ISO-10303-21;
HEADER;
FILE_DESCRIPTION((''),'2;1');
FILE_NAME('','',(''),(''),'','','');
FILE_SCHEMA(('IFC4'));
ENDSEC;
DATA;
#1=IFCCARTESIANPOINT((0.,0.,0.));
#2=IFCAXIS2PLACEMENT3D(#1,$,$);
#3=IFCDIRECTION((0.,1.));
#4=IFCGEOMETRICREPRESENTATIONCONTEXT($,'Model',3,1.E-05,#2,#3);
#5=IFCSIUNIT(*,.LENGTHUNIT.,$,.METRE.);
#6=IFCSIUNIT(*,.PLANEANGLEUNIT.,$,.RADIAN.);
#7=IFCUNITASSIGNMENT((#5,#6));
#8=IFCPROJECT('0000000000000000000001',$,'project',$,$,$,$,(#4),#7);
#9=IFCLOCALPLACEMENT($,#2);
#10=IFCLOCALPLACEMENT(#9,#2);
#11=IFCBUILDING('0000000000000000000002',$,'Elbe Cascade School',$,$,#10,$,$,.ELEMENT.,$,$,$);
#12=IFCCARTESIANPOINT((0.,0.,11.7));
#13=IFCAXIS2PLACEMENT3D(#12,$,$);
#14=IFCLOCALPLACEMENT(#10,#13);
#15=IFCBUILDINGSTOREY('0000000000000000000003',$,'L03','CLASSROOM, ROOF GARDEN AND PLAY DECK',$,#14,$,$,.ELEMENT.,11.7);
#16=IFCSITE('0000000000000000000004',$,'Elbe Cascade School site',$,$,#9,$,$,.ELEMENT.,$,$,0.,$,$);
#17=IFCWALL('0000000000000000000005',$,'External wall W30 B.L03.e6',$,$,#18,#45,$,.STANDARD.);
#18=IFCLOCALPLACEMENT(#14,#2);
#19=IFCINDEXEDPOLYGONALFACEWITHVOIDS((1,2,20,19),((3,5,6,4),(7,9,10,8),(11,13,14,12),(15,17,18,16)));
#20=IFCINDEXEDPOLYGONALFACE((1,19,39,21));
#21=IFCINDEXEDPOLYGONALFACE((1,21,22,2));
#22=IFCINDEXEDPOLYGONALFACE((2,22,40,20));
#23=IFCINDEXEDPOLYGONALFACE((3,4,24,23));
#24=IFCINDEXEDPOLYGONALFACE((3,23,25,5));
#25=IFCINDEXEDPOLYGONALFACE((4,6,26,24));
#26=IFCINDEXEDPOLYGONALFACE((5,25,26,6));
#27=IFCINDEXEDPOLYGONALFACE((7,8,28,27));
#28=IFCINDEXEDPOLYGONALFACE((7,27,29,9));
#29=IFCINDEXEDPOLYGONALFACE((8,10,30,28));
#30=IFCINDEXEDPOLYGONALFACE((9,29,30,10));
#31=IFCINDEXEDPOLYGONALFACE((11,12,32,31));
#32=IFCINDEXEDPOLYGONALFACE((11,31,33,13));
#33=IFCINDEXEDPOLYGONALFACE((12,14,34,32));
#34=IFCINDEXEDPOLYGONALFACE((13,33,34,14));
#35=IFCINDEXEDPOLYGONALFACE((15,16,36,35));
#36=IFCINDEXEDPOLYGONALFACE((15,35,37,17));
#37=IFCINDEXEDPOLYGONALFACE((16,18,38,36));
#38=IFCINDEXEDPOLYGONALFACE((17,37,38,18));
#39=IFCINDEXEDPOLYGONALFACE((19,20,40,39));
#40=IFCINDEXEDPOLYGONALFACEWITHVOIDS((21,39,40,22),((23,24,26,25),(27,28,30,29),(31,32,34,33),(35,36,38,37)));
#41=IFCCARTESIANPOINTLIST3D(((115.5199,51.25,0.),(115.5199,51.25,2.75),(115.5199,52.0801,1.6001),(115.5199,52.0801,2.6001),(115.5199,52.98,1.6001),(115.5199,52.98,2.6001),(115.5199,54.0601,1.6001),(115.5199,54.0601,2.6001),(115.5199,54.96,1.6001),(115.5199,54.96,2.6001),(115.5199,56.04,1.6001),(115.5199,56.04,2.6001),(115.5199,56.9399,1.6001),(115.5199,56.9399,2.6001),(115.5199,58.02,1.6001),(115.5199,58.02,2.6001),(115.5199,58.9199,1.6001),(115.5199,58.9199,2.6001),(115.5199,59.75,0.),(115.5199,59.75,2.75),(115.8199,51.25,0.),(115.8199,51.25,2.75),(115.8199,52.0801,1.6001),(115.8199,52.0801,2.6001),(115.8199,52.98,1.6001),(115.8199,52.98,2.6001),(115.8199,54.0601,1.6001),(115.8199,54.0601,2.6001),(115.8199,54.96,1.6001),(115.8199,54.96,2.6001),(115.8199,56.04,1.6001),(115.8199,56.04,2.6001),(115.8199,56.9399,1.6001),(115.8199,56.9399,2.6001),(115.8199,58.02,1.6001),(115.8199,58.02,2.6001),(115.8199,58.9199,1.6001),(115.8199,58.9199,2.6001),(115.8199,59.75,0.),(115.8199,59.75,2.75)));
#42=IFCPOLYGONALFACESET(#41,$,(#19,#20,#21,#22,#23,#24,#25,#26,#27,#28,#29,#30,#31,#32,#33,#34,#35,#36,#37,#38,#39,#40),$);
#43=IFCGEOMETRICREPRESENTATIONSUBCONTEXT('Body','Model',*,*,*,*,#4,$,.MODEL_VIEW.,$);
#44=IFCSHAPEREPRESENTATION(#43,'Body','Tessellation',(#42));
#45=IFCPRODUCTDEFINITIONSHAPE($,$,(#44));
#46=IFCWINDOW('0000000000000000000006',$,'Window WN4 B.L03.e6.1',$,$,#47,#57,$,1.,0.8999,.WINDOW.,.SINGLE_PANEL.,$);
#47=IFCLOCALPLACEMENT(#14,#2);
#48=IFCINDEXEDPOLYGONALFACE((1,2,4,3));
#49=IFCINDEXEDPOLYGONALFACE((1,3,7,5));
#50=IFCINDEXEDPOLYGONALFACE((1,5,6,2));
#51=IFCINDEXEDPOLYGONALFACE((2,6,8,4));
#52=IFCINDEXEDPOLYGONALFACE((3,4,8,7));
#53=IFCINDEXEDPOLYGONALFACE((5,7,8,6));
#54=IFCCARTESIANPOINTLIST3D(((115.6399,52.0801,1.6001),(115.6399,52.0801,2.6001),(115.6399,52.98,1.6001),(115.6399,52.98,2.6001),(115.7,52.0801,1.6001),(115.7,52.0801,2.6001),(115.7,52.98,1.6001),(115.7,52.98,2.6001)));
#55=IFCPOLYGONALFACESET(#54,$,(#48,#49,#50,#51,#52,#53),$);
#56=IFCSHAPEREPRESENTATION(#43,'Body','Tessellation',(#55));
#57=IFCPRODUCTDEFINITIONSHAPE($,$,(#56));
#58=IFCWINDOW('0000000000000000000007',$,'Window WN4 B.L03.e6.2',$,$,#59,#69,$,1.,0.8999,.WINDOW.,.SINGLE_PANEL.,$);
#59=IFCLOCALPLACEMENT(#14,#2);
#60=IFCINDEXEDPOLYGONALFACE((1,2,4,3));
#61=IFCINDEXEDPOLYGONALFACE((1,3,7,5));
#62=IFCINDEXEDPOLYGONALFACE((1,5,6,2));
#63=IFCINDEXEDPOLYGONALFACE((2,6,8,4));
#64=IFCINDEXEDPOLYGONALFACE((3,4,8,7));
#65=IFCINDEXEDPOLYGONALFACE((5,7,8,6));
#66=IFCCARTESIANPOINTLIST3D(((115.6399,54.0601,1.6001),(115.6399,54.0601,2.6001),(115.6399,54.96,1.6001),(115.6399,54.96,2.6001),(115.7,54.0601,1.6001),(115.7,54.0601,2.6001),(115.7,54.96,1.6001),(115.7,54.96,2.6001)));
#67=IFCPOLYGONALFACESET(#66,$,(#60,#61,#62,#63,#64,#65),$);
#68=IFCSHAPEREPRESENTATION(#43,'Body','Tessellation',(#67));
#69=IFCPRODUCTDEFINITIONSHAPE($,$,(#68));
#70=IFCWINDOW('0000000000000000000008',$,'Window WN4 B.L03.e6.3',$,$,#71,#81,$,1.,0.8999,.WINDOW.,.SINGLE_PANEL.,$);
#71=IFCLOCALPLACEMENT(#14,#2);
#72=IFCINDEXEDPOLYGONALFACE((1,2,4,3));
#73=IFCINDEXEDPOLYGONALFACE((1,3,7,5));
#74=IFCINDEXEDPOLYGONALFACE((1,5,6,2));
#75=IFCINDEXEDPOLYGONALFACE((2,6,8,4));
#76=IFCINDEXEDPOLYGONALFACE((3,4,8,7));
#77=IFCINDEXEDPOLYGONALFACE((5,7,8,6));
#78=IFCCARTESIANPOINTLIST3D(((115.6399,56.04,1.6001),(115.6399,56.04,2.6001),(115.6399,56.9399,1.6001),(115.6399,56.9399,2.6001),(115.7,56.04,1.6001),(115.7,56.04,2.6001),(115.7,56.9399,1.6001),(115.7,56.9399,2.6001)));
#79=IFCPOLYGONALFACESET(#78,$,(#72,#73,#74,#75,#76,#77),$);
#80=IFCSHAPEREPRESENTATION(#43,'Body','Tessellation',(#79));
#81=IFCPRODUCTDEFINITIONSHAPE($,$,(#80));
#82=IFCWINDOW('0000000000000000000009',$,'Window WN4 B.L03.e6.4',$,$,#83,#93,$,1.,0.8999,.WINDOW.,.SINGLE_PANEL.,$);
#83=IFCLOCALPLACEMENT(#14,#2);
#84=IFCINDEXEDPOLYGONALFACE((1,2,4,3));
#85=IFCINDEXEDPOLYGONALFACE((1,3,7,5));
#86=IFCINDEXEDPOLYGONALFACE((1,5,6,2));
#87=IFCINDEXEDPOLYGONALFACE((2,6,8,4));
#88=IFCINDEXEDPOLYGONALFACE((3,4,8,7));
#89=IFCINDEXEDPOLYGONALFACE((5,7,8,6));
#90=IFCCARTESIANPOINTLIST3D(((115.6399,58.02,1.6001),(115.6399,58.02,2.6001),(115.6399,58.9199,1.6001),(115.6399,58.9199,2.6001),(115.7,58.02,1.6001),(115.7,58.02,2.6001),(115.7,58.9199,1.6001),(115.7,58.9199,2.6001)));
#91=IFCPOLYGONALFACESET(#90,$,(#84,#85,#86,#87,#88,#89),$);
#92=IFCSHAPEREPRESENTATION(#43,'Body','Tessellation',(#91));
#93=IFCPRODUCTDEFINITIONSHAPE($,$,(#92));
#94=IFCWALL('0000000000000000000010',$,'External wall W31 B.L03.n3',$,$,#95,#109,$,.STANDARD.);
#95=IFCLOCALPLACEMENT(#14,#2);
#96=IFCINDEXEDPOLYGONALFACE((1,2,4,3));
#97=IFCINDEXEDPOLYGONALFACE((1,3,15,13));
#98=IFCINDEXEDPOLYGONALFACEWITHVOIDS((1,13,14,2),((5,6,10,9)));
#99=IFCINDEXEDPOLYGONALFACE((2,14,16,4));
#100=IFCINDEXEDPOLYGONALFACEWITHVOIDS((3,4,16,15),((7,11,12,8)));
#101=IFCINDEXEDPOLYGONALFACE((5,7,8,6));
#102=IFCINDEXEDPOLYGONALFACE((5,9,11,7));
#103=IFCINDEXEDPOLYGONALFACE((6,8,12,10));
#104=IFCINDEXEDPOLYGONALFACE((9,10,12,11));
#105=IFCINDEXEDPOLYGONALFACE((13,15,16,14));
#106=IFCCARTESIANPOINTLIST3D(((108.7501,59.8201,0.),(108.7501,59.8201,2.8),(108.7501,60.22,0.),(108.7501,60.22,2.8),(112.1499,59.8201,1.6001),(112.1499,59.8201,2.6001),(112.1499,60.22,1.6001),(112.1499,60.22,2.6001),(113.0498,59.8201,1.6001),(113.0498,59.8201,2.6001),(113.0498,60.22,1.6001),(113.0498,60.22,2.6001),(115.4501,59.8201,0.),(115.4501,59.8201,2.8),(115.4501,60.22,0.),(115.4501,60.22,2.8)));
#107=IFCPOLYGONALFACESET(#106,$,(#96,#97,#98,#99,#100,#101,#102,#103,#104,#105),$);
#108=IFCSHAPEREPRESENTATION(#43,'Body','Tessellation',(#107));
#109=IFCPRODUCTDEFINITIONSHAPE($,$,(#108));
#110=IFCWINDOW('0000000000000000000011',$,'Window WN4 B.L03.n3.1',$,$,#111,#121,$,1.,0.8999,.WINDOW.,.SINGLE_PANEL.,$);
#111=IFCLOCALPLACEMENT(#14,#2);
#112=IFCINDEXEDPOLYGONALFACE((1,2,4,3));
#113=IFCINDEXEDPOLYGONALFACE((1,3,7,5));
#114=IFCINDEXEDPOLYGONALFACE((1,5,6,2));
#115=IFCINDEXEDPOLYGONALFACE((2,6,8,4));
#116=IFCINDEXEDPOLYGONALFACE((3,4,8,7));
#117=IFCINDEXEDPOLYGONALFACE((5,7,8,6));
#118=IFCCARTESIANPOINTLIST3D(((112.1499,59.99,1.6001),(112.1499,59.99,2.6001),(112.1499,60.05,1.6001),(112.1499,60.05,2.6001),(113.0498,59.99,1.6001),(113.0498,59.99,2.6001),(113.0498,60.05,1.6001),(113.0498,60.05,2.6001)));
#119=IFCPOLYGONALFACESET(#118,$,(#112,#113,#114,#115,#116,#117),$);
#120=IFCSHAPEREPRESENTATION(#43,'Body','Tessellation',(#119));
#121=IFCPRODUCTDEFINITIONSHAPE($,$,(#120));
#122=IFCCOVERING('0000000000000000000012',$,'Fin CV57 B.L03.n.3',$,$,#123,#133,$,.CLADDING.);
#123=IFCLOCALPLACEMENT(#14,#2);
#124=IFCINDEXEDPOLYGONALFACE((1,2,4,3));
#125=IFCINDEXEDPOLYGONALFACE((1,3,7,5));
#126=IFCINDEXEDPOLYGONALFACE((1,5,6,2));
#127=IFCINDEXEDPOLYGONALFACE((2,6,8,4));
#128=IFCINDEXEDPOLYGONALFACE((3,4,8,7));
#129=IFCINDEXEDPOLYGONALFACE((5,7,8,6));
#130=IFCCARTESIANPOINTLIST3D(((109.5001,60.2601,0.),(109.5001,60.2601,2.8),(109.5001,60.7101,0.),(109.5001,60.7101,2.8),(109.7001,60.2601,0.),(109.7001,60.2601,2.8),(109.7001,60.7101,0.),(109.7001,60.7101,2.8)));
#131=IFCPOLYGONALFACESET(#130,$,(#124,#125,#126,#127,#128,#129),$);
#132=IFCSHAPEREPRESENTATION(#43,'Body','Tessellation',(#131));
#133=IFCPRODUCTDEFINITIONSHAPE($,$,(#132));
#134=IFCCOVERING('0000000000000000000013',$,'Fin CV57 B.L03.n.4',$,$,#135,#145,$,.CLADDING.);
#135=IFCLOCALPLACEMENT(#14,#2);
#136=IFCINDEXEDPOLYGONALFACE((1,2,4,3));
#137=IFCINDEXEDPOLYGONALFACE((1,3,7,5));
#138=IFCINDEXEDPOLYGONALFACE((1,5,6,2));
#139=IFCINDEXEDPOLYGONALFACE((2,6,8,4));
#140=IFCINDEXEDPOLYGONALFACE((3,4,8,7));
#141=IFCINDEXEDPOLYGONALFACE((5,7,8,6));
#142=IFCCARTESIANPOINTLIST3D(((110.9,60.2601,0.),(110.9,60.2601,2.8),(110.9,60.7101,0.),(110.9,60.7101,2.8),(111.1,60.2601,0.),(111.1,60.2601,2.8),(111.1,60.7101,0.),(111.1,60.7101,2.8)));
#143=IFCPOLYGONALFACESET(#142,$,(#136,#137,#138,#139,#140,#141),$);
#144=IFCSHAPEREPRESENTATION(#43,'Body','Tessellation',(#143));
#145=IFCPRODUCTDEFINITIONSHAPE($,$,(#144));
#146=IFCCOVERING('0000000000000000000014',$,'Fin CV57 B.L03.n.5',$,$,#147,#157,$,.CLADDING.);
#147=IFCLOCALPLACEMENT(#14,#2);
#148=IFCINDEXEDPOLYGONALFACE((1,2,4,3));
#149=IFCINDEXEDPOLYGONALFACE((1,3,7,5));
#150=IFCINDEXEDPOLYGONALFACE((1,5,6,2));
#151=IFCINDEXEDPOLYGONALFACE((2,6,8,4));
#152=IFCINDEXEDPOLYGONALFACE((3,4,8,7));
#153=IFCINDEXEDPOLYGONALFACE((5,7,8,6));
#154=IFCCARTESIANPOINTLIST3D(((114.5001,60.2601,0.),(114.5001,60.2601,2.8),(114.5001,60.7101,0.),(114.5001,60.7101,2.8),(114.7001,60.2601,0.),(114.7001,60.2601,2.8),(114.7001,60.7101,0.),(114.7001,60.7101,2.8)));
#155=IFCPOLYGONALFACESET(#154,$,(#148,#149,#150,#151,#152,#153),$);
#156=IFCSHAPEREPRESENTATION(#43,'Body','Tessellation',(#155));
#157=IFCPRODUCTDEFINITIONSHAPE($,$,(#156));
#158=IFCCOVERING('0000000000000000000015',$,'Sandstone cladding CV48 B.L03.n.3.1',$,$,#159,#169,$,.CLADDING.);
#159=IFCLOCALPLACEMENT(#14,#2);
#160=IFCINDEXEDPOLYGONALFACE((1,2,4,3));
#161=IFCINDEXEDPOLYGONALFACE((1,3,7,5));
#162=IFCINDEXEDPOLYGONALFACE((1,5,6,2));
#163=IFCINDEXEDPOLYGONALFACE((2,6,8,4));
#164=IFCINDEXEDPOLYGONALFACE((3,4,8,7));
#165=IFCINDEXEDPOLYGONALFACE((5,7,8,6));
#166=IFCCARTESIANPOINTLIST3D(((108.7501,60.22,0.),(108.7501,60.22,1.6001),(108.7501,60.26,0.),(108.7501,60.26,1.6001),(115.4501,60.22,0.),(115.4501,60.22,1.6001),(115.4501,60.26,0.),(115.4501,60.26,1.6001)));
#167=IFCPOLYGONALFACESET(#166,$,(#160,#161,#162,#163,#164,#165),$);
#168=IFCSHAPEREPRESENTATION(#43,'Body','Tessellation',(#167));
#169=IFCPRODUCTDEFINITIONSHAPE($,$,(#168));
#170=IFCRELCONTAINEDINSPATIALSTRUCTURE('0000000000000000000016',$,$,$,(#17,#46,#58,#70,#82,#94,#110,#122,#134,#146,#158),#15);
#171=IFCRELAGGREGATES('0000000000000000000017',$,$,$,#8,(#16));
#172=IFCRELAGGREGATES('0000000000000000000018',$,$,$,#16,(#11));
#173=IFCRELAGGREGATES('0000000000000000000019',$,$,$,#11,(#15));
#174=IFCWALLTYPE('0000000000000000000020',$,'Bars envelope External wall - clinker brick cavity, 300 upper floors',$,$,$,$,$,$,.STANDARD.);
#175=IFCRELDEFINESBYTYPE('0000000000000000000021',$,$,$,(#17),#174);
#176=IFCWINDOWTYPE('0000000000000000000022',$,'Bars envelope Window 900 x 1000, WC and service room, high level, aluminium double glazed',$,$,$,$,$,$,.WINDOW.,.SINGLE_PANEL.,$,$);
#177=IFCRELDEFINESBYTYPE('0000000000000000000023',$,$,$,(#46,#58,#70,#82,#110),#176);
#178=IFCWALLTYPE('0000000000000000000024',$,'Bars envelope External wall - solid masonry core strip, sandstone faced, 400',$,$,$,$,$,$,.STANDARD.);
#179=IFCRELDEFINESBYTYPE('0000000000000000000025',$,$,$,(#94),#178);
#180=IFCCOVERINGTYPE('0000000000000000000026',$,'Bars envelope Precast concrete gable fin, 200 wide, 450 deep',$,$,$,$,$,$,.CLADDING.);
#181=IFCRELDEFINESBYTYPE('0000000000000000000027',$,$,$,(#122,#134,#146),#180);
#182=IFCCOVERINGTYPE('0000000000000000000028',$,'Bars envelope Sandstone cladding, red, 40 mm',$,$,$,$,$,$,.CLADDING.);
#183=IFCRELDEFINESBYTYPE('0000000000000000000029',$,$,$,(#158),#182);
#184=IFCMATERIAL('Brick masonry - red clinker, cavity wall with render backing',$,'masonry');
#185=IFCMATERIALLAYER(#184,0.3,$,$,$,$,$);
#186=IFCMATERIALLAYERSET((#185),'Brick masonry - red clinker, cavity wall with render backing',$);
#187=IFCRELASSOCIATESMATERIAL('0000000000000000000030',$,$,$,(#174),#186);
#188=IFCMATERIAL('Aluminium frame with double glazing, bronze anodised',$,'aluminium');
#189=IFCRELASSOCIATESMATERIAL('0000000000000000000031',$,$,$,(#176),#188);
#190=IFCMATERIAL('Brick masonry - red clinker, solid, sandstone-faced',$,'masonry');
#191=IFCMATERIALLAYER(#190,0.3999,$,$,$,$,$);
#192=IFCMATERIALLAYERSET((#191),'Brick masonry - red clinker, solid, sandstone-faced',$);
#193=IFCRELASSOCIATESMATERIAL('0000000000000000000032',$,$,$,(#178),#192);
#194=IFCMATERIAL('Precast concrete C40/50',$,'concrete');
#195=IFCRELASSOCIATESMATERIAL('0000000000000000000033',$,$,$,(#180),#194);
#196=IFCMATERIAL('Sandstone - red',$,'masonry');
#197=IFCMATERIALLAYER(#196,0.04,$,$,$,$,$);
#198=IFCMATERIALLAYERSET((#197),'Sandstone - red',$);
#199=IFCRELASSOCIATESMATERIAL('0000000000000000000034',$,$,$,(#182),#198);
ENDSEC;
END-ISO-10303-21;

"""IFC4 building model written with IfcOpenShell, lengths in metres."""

from ifc_helpers import new_model, si_unit, direction, frame, frame_2d, origin, origin_2d, place, context, subcontext, project, spatial, rectangle, extrude, material, layer, layer_set, type_object, element, fill, save


model = new_model("IFC4")

# Units and contexts
model_context = context("Model", 3, precision=1e-05, world=origin(), true_north=direction((0.0, 1.0)))
body_context = subcontext(model_context, "Body", "Model", "MODEL_VIEW")
ifc_project = project(units=[si_unit("LENGTHUNIT", "METRE"), si_unit("PLANEANGLEUNIT", "RADIAN")], contexts=[model_context])

# Site, building, storey
site_placement = place(None, origin())
site = spatial("IfcSite", under=ifc_project, at=site_placement, Name="Elbe Cascade School site", CompositionType="ELEMENT", RefElevation=0.0)
building_placement = place(site_placement, origin())
building = spatial("IfcBuilding", under=site, at=building_placement, Name="Elbe Cascade School", CompositionType="ELEMENT")
storey_placement = place(building_placement, frame((0.0, 0.0, 11.7)))
storey = spatial("IfcBuildingStorey", under=building, at=storey_placement, Name="L03", Description="CLASSROOM, ROOF GARDEN AND PLAY DECK", CompositionType="ELEMENT", Elevation=11.7)

# Wall, openings, windows
ifc_material_1 = material(Name="Brick masonry - red clinker, cavity wall with render backing", Category="masonry")
ifc_layer_1 = layer(ifc_material_1, 0.3)
ifc_layer_set_1 = layer_set([ifc_layer_1], Name="Brick masonry - red clinker, cavity wall with render backing")
wall_type_1 = type_object("IfcWallType", Name="Bars envelope External wall - clinker brick cavity, 300 upper floors", PredefinedType="STANDARD", material=ifc_layer_set_1)
wall_1_placement = place(storey_placement, frame((115.6699, 59.75, 0.0), z_axis=(0.0, 0.0, 1.0), x_axis=(0.0, -1.0, 0.0)))
wall_1 = element("IfcWall", 1, at=wall_1_placement, inside=storey, type_object=wall_type_1, Name="External wall W30 B.L03.e6", PredefinedType="STANDARD", context=body_context, shape_type="SweptSolid", body=[
    extrude(rectangle(XDim=8.5, YDim=0.3, at=frame_2d((4.25, 0.0))), origin(), (0.0, 0.0, 1.0), 2.75),
])
opening_1_placement = place(wall_1_placement, frame((6.77, 0.0, 1.6001)))
opening_1 = element("IfcOpeningElement", 2, at=opening_1_placement, cuts=wall_1, PredefinedType="OPENING", context=body_context, shape_type="SweptSolid", body=[
    extrude(rectangle(XDim=0.8999, YDim=1.0, at=frame_2d((0.45, 0.5))), frame((0.0, 0.1599, 0.0), z_axis=(0.0, -1.0, 0.0), x_axis=(1.0, 0.0, 0.0)), (0.0, 0.0, 1.0), 0.3201),
])
opening_2_placement = place(wall_1_placement, frame((4.79, 0.0, 1.6001)))
opening_2 = element("IfcOpeningElement", 3, at=opening_2_placement, cuts=wall_1, PredefinedType="OPENING", context=body_context, shape_type="SweptSolid", body=[
    extrude(rectangle(XDim=0.8999, YDim=1.0, at=frame_2d((0.45, 0.5))), frame((0.0, 0.1599, 0.0), z_axis=(0.0, -1.0, 0.0), x_axis=(1.0, 0.0, 0.0)), (0.0, 0.0, 1.0), 0.3201),
])
opening_3_placement = place(wall_1_placement, frame((2.8101, 0.0, 1.6001)))
opening_3 = element("IfcOpeningElement", 4, at=opening_3_placement, cuts=wall_1, PredefinedType="OPENING", context=body_context, shape_type="SweptSolid", body=[
    extrude(rectangle(XDim=0.8999, YDim=1.0, at=frame_2d((0.45, 0.5))), frame((0.0, 0.1599, 0.0), z_axis=(0.0, -1.0, 0.0), x_axis=(1.0, 0.0, 0.0)), (0.0, 0.0, 1.0), 0.3201),
])
opening_4_placement = place(wall_1_placement, frame((0.8301, 0.0, 1.6001)))
opening_4 = element("IfcOpeningElement", 5, at=opening_4_placement, cuts=wall_1, PredefinedType="OPENING", context=body_context, shape_type="SweptSolid", body=[
    extrude(rectangle(XDim=0.8999, YDim=1.0, at=frame_2d((0.45, 0.5))), frame((0.0, 0.1599, 0.0), z_axis=(0.0, -1.0, 0.0), x_axis=(1.0, 0.0, 0.0)), (0.0, 0.0, 1.0), 0.3201),
])
ifc_material_2 = material(Name="Aluminium frame with double glazing, bronze anodised", Category="aluminium")
window_type = type_object("IfcWindowType", Name="Bars envelope Window 900 x 1000, WC and service room, high level, aluminium double glazed", PartitioningType="SINGLE_PANEL", PredefinedType="WINDOW", material=ifc_material_2)
window_1_placement = place(opening_1_placement, origin())
window_1 = element("IfcWindow", 6, at=window_1_placement, inside=storey, type_object=window_type, Name="Window WN4 B.L03.e6.1", OverallHeight=1.0, OverallWidth=0.8999, PartitioningType="SINGLE_PANEL", PredefinedType="WINDOW", context=body_context, shape_type="SweptSolid", body=[
    extrude(rectangle(XDim=0.8999, YDim=1.0, at=frame_2d((0.45, 0.5))), frame((0.0, 0.03, 0.0), z_axis=(0.0, -1.0, 0.0), x_axis=(1.0, 0.0, 0.0)), (0.0, 0.0, 1.0), 0.0601),
])
fill(opening_1, window_1)
window_2_placement = place(opening_2_placement, origin())
window_2 = element("IfcWindow", 7, at=window_2_placement, inside=storey, type_object=window_type, Name="Window WN4 B.L03.e6.2", OverallHeight=1.0, OverallWidth=0.8999, PartitioningType="SINGLE_PANEL", PredefinedType="WINDOW", context=body_context, shape_type="SweptSolid", body=[
    extrude(rectangle(XDim=0.8999, YDim=1.0, at=frame_2d((0.45, 0.5))), frame((0.0, 0.03, 0.0), z_axis=(0.0, -1.0, 0.0), x_axis=(1.0, 0.0, 0.0)), (0.0, 0.0, 1.0), 0.0601),
])
fill(opening_2, window_2)
window_3_placement = place(opening_3_placement, origin())
window_3 = element("IfcWindow", 8, at=window_3_placement, inside=storey, type_object=window_type, Name="Window WN4 B.L03.e6.3", OverallHeight=1.0, OverallWidth=0.8999, PartitioningType="SINGLE_PANEL", PredefinedType="WINDOW", context=body_context, shape_type="SweptSolid", body=[
    extrude(rectangle(XDim=0.8999, YDim=1.0, at=frame_2d((0.45, 0.5))), frame((0.0, 0.03, 0.0), z_axis=(0.0, -1.0, 0.0), x_axis=(1.0, 0.0, 0.0)), (0.0, 0.0, 1.0), 0.0601),
])
fill(opening_3, window_3)
window_4_placement = place(opening_4_placement, origin())
window_4 = element("IfcWindow", 9, at=window_4_placement, inside=storey, type_object=window_type, Name="Window WN4 B.L03.e6.4", OverallHeight=1.0, OverallWidth=0.8999, PartitioningType="SINGLE_PANEL", PredefinedType="WINDOW", context=body_context, shape_type="SweptSolid", body=[
    extrude(rectangle(XDim=0.8999, YDim=1.0, at=frame_2d((0.45, 0.5))), frame((0.0, 0.03, 0.0), z_axis=(0.0, -1.0, 0.0), x_axis=(1.0, 0.0, 0.0)), (0.0, 0.0, 1.0), 0.0601),
])
fill(opening_4, window_4)

# Wall, opening, window
ifc_material_3 = material(Name="Brick masonry - red clinker, solid, sandstone-faced", Category="masonry")
ifc_layer_2 = layer(ifc_material_3, 0.3999)
ifc_layer_set_2 = layer_set([ifc_layer_2], Name="Brick masonry - red clinker, solid, sandstone-faced")
wall_type_2 = type_object("IfcWallType", Name="Bars envelope External wall - solid masonry core strip, sandstone faced, 400", PredefinedType="STANDARD", material=ifc_layer_set_2)
wall_2_placement = place(storey_placement, frame((108.75, 60.02, 0.0), z_axis=(0.0, 0.0, 1.0), x_axis=(1.0, 0.0, 0.0)))
wall_2 = element("IfcWall", 10, at=wall_2_placement, inside=storey, type_object=wall_type_2, Name="External wall W31 B.L03.n3", PredefinedType="STANDARD", context=body_context, shape_type="SweptSolid", body=[
    extrude(rectangle(XDim=6.7, YDim=0.3999, at=frame_2d((3.3501, 0.0))), origin(), (0.0, 0.0, 1.0), 2.8),
])
opening_5_placement = place(wall_2_placement, frame((3.3999, 0.0, 1.6001)))
opening_5 = element("IfcOpeningElement", 11, at=opening_5_placement, cuts=wall_2, PredefinedType="OPENING", context=body_context, shape_type="SweptSolid", body=[
    extrude(rectangle(XDim=0.8999, YDim=1.0, at=frame_2d((0.45, 0.5))), frame((0.0, 0.21, 0.0), z_axis=(0.0, -1.0, 0.0), x_axis=(1.0, 0.0, 0.0)), (0.0, 0.0, 1.0), 0.4199),
])
window_5_placement = place(opening_5_placement, origin())
window_5 = element("IfcWindow", 12, at=window_5_placement, inside=storey, type_object=window_type, Name="Window WN4 B.L03.n3.1", OverallHeight=1.0, OverallWidth=0.8999, PartitioningType="SINGLE_PANEL", PredefinedType="WINDOW", context=body_context, shape_type="SweptSolid", body=[
    extrude(rectangle(XDim=0.8999, YDim=1.0, at=frame_2d((0.45, 0.5))), frame((0.0, 0.03, 0.0), z_axis=(0.0, -1.0, 0.0), x_axis=(1.0, 0.0, 0.0)), (0.0, 0.0, 1.0), 0.0601),
])
fill(opening_5, window_5)

# Coverings
ifc_material_4 = material(Name="Precast concrete C40/50", Category="concrete")
covering_type_1 = type_object("IfcCoveringType", Name="Bars envelope Precast concrete gable fin, 200 wide, 450 deep", PredefinedType="CLADDING", material=ifc_material_4)
for number, where, z_axis, x_axis, name in (
    (13, (109.6001, 60.4851, 0.0), (0.0, 0.0, 1.0), (1.0, 0.0, 0.0), "Fin CV57 B.L03.n.3"),
    (14, (111.0, 60.4851, 0.0), (0.0, 0.0, 1.0), (1.0, 0.0, 0.0), "Fin CV57 B.L03.n.4"),
    (15, (114.6001, 60.4851, 0.0), (0.0, 0.0, 1.0), (1.0, 0.0, 0.0), "Fin CV57 B.L03.n.5"),
):
    element("IfcCovering", number, at=place(storey_placement, frame(where, z_axis=z_axis, x_axis=x_axis)), inside=storey, type_object=covering_type_1, Name=name, PredefinedType="CLADDING", context=body_context, shape_type="SweptSolid", body=[
        extrude(rectangle(XDim=0.2, YDim=0.45, at=origin_2d()), origin(), (0.0, 0.0, 1.0), 2.8),
    ])
ifc_material_5 = material(Name="Sandstone - red", Category="masonry")
ifc_layer_3 = layer(ifc_material_5, 0.04)
ifc_layer_set_3 = layer_set([ifc_layer_3], Name="Sandstone - red")
covering_type_2 = type_object("IfcCoveringType", Name="Bars envelope Sandstone cladding, red, 40 mm", PredefinedType="CLADDING", material=ifc_layer_set_3)
covering_1_placement = place(storey_placement, frame((112.1001, 60.24, 0.0), z_axis=(0.0, 0.0, 1.0), x_axis=(1.0, 0.0, 0.0)))
element("IfcCovering", 16, at=covering_1_placement, inside=storey, type_object=covering_type_2, Name="Sandstone cladding CV48 B.L03.n.3.1", PredefinedType="CLADDING", context=body_context, shape_type="SweptSolid", body=[
    extrude(rectangle(XDim=6.7, YDim=0.04, at=origin_2d()), origin(), (0.0, 0.0, 1.0), 1.6001),
])

save(model, "model.ifc")
